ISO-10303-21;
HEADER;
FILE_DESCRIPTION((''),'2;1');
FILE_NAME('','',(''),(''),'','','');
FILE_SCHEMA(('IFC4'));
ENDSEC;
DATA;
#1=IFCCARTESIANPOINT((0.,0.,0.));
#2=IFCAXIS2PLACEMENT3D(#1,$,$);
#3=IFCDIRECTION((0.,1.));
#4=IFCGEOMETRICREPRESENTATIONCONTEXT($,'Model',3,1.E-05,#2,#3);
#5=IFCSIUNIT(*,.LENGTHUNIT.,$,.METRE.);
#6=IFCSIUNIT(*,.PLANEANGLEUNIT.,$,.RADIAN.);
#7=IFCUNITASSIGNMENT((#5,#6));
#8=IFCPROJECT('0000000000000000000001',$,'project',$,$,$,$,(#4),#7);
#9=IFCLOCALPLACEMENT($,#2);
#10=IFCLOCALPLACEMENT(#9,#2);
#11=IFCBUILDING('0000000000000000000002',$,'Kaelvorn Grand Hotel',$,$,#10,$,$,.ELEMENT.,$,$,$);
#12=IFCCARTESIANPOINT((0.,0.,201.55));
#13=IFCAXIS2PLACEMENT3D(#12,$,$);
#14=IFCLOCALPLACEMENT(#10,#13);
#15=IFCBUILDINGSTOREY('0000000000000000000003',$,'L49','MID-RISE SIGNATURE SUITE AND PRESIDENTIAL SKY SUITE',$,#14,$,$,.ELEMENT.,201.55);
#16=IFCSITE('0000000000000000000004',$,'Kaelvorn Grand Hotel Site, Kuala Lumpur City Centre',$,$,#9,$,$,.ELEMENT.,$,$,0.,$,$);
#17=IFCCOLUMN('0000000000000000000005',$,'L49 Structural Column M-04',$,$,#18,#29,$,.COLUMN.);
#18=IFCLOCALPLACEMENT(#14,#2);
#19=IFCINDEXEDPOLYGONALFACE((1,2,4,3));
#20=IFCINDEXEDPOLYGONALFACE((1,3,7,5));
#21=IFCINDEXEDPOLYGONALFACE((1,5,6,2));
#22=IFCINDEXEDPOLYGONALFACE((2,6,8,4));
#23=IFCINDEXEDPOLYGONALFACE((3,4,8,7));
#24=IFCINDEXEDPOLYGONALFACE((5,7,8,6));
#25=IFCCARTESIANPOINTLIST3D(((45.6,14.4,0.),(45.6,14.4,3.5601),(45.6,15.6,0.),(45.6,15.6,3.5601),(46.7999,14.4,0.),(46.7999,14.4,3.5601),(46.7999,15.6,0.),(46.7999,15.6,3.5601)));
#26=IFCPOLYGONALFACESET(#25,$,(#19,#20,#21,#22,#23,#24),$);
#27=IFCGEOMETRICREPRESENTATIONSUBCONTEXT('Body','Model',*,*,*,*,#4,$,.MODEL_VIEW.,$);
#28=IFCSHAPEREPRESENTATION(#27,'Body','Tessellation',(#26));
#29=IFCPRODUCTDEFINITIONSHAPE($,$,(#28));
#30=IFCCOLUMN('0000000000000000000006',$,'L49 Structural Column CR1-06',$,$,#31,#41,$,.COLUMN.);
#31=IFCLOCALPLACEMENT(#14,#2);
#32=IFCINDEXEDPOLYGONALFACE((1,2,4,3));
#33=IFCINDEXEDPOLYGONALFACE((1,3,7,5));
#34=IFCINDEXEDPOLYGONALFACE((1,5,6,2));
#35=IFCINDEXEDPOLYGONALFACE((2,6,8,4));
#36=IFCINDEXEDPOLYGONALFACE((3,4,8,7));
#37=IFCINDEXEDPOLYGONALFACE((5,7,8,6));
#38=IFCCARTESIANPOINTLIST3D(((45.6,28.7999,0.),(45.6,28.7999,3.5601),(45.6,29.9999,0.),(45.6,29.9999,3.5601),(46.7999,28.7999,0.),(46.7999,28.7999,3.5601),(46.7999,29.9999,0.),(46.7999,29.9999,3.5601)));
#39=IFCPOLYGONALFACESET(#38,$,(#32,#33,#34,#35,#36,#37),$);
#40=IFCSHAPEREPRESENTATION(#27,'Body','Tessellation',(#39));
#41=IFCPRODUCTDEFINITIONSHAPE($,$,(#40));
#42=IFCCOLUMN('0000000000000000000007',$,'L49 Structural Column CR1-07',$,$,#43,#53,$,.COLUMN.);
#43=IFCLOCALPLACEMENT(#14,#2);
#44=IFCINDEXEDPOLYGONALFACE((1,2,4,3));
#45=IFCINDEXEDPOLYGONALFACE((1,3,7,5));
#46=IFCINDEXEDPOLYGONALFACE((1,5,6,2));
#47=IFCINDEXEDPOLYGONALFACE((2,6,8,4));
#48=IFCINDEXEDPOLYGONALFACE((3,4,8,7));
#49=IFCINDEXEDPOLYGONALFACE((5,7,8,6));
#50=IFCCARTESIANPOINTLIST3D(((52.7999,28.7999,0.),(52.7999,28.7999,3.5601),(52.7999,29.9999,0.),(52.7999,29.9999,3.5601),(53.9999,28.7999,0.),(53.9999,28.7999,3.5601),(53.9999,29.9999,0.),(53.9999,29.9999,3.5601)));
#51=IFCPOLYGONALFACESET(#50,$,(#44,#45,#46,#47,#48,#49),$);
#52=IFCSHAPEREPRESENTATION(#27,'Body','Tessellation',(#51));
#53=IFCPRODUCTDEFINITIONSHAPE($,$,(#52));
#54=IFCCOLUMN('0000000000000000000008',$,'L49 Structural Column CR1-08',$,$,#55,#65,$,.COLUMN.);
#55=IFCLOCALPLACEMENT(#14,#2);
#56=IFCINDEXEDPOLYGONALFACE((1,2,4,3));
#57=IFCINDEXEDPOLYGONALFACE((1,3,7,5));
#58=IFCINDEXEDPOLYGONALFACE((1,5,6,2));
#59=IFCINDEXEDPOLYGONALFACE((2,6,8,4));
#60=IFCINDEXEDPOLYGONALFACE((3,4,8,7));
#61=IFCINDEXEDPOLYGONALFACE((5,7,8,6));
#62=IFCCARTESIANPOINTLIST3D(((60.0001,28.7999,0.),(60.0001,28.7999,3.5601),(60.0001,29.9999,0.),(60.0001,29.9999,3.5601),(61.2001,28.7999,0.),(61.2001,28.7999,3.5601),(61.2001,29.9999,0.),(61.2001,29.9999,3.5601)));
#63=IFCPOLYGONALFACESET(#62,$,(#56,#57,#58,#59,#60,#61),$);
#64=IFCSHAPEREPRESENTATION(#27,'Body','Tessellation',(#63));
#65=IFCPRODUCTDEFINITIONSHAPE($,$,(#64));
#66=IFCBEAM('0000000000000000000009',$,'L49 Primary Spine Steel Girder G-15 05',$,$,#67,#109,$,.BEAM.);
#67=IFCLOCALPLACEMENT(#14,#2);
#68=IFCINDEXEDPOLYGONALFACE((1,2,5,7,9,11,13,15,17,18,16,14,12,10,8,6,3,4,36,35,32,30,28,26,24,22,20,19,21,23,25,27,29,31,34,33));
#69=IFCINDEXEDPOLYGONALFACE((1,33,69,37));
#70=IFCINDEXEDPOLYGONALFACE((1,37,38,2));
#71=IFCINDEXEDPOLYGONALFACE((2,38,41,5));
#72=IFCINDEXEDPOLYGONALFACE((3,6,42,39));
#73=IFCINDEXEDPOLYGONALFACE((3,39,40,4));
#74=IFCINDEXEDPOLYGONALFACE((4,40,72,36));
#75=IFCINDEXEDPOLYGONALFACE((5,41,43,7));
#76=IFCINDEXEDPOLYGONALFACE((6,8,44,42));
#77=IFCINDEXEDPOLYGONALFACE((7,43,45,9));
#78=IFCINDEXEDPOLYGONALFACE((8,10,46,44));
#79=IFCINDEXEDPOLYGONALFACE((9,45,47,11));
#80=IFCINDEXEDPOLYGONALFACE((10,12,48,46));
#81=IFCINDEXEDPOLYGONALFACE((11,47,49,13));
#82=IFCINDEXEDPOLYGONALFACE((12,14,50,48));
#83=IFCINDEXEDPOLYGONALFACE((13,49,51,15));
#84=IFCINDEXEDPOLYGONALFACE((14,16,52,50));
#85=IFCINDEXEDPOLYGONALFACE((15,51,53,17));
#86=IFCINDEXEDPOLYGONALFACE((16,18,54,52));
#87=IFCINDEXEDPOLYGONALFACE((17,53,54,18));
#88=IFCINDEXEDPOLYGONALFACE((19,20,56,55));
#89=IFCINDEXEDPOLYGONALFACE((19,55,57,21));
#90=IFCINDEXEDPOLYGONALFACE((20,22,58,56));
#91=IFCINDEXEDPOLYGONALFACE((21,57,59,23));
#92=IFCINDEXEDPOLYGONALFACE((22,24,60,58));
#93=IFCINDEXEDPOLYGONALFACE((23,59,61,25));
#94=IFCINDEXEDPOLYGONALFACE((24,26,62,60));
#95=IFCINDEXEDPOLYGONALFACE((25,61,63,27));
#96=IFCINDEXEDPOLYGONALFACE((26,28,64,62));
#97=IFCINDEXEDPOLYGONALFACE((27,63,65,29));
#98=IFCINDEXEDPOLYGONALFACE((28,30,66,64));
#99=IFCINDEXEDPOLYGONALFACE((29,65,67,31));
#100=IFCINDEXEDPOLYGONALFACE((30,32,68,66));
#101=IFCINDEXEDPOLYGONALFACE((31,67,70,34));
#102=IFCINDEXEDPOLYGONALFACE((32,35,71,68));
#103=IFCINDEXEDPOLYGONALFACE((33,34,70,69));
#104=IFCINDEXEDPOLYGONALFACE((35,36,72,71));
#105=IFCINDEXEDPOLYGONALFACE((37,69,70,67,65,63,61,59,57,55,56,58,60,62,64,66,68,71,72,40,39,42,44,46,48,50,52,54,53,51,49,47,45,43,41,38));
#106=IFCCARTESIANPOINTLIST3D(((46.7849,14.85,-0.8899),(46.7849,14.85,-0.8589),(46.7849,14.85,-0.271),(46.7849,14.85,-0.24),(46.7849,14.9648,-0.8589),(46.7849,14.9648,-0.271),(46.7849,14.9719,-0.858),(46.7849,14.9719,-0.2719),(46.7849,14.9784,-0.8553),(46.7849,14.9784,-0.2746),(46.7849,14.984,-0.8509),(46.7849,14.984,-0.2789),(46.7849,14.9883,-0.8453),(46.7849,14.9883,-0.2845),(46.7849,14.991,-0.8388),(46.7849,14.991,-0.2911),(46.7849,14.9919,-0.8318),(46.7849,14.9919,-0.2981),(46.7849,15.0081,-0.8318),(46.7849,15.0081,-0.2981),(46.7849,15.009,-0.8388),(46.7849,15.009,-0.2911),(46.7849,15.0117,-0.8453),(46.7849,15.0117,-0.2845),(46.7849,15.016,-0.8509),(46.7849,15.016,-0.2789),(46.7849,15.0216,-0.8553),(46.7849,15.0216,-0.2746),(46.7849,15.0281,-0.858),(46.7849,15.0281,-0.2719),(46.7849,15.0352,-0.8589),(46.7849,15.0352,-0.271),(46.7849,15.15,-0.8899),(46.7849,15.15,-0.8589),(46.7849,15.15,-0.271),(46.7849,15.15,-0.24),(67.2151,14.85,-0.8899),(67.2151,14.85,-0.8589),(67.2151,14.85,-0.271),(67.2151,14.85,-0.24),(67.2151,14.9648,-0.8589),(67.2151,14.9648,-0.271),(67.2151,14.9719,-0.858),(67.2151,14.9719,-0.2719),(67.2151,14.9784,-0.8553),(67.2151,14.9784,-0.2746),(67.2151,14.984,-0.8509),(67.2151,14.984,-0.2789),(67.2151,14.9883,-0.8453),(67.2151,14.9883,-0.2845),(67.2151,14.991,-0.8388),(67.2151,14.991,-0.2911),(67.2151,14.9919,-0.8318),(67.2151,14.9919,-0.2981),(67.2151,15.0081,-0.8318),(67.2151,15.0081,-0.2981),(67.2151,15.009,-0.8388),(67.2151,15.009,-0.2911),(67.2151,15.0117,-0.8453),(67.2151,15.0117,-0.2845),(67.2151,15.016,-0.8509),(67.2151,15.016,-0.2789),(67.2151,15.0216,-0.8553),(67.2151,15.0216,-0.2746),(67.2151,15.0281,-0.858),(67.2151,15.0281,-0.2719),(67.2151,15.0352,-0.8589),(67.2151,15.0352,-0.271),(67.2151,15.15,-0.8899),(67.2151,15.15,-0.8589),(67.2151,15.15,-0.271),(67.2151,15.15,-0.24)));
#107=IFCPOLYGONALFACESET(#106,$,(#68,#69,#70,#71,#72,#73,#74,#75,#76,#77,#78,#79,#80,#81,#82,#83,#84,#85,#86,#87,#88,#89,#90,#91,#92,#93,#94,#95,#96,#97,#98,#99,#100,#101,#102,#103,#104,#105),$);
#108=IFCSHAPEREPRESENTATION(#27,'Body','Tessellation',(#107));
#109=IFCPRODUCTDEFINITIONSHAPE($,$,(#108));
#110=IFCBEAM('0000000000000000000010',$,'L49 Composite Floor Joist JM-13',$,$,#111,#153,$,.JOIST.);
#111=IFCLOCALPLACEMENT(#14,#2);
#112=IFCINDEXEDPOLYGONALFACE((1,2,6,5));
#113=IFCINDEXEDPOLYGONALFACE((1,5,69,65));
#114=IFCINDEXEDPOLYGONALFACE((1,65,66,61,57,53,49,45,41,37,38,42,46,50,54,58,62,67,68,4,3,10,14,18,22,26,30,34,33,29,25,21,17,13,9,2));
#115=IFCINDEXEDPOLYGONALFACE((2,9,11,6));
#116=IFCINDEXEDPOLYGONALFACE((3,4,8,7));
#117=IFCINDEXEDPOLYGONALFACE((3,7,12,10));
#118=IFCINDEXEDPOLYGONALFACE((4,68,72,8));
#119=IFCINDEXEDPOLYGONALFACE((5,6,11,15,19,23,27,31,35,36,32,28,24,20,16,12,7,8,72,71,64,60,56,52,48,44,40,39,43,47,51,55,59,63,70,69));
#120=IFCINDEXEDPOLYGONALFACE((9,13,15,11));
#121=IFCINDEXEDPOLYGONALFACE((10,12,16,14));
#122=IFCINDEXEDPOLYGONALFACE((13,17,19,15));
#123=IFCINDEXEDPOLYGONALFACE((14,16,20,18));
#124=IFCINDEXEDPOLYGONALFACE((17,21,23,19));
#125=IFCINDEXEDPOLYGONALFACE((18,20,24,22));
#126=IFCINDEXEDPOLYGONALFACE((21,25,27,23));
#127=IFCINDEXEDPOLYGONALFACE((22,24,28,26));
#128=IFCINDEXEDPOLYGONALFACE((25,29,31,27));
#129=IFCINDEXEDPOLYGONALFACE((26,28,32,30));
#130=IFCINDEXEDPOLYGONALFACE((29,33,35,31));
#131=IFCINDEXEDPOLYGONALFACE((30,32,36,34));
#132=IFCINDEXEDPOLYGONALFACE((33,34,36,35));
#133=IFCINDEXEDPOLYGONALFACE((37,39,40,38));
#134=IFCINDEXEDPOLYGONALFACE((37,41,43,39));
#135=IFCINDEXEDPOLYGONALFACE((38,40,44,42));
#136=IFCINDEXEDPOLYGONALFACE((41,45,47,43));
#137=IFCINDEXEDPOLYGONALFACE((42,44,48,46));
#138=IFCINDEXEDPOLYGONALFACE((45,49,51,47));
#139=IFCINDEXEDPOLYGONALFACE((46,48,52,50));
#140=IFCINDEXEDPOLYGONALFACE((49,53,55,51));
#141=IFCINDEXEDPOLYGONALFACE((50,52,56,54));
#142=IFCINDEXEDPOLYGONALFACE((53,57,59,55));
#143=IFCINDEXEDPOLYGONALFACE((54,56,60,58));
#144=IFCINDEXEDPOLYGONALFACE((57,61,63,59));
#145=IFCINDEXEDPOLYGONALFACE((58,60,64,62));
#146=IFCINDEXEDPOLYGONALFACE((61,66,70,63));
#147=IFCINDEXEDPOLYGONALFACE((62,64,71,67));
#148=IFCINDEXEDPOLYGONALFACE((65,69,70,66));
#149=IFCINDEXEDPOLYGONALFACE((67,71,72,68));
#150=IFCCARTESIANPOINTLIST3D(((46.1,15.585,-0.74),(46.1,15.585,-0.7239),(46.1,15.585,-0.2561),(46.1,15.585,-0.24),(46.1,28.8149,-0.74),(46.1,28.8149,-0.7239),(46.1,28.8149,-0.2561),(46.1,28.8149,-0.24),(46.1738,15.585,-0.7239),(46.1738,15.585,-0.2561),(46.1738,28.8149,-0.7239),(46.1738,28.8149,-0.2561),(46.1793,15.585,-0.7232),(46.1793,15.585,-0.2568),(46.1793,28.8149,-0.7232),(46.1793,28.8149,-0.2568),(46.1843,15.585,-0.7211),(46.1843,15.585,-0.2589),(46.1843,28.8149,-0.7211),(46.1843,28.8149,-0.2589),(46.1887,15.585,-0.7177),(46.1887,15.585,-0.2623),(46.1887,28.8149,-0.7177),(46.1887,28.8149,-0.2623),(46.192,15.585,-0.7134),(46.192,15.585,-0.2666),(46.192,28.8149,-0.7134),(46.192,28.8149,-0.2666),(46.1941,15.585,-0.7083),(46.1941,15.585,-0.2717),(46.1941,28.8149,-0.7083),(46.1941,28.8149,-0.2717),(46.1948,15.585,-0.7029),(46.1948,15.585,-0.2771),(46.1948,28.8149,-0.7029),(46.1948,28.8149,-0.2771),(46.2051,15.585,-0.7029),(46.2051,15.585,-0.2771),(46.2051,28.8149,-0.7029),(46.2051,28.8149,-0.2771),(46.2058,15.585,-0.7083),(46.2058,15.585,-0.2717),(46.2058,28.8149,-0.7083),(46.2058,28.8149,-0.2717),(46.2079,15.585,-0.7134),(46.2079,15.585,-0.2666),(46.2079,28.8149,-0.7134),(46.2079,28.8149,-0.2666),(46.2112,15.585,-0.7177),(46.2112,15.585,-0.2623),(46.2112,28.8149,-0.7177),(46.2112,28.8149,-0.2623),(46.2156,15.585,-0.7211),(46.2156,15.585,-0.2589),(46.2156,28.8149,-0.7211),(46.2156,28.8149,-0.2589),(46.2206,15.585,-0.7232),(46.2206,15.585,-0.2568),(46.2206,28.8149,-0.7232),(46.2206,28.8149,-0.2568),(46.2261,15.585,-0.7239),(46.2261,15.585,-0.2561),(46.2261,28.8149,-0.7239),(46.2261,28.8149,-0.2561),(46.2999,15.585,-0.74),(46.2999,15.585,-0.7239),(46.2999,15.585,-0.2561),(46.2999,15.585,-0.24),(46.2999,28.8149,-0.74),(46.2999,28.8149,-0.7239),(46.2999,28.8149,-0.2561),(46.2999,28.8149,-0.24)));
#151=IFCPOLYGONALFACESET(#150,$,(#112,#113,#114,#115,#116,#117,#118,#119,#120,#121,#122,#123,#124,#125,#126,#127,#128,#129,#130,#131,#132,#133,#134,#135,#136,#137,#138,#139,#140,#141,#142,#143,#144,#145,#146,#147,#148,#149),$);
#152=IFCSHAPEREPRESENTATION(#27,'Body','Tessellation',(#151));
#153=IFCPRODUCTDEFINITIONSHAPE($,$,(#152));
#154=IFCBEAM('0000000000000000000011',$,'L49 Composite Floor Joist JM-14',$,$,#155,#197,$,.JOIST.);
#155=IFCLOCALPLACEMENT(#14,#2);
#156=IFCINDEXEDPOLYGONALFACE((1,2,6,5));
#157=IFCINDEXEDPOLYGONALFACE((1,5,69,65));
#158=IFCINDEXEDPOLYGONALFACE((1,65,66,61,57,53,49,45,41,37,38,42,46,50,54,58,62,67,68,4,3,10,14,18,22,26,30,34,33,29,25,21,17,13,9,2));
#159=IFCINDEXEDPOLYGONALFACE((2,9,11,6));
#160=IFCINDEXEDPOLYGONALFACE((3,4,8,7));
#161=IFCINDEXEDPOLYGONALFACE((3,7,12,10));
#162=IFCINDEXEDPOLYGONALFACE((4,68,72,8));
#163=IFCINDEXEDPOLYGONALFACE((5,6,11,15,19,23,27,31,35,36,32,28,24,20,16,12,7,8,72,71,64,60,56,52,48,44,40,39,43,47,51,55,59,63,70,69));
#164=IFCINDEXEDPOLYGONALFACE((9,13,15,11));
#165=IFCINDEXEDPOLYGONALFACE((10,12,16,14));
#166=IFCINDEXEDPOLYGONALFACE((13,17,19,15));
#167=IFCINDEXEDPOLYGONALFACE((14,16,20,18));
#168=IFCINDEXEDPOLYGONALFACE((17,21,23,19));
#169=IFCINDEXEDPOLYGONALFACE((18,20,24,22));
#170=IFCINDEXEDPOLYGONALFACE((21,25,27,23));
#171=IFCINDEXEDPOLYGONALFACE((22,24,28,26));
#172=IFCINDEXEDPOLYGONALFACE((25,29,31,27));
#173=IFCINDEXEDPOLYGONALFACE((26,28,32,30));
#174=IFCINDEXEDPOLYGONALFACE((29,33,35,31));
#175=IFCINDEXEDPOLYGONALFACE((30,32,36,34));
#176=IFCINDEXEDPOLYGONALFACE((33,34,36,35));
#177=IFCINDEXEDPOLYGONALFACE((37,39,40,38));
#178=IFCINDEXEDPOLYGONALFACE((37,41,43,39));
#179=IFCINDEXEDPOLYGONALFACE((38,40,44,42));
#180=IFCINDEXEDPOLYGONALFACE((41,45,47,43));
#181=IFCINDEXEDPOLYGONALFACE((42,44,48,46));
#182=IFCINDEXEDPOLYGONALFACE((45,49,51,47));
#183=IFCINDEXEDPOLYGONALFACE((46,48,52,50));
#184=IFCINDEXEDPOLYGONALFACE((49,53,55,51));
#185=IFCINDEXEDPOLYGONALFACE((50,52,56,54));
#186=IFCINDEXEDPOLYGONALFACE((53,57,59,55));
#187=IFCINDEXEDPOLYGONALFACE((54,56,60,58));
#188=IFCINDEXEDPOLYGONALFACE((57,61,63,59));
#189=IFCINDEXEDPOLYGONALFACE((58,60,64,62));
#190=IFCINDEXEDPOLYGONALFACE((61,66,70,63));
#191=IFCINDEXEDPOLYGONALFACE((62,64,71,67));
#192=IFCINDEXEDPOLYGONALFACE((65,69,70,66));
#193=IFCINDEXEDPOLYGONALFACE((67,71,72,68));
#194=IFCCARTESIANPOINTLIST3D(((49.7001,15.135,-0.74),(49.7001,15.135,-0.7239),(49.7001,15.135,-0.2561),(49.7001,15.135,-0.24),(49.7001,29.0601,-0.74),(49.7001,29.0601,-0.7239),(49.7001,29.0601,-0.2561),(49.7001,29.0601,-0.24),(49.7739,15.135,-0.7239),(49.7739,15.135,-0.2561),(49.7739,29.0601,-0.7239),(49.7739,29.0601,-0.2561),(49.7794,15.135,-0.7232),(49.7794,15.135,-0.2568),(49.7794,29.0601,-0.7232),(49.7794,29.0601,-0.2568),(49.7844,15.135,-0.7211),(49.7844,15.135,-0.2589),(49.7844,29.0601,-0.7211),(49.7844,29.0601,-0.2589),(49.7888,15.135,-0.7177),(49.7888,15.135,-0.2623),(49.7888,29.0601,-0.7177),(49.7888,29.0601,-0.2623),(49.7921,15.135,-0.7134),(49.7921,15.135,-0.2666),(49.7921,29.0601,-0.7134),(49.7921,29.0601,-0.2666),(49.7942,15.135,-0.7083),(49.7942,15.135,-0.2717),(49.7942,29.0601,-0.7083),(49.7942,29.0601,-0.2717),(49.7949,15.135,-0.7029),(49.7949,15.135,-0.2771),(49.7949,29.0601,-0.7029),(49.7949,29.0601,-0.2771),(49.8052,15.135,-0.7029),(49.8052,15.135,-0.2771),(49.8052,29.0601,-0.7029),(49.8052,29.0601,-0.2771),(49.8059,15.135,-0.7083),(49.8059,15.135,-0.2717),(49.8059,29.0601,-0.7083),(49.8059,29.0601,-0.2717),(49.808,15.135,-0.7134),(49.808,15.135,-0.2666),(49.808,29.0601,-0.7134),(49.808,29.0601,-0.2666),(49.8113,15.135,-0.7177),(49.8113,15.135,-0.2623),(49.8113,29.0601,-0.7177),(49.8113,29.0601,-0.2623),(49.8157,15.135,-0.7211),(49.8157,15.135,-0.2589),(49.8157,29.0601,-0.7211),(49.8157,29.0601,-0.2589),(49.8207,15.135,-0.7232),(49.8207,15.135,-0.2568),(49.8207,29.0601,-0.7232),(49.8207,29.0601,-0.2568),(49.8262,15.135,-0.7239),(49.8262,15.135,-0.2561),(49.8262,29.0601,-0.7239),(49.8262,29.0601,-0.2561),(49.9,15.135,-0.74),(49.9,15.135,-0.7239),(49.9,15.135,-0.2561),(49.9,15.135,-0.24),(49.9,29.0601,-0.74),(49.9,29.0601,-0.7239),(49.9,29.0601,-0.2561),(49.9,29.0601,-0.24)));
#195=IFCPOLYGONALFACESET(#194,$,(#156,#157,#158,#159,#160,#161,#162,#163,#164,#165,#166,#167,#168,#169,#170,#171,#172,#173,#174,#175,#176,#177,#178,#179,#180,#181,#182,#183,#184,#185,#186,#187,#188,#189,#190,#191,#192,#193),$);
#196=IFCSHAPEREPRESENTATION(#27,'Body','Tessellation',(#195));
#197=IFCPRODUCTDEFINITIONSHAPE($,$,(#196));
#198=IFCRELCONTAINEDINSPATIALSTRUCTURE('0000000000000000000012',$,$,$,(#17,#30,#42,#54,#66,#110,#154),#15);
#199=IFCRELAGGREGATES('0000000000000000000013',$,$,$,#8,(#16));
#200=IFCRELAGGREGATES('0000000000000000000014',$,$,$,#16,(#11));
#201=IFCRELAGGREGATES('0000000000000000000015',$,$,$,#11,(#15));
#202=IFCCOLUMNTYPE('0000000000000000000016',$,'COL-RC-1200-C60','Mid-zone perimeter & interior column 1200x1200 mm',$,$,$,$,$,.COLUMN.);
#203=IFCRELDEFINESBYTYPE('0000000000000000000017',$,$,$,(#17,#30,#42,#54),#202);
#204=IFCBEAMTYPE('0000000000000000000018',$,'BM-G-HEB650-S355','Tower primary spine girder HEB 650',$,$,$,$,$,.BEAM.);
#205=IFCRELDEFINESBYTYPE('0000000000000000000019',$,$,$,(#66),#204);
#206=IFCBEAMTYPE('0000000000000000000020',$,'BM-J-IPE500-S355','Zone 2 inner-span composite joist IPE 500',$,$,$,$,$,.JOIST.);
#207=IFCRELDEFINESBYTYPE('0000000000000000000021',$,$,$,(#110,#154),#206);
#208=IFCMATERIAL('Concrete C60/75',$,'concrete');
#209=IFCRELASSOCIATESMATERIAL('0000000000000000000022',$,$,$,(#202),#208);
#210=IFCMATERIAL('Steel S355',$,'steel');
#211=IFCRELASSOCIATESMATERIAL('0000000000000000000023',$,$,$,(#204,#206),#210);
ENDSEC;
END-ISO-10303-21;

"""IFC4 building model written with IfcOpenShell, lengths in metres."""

from ifc_helpers import new_model, si_unit, direction, frame, origin, origin_2d, place, context, subcontext, project, spatial, rectangle, i_section, extrude, material, material_profile, profile_set, type_object, element, save


model = new_model("IFC4")

# Units and contexts
model_context = context("Model", 3, precision=1e-05, world=origin(), true_north=direction((0.0, 1.0)))
body_context = subcontext(model_context, "Body", "Model", "MODEL_VIEW")
ifc_project = project(units=[si_unit("LENGTHUNIT", "METRE"), si_unit("PLANEANGLEUNIT", "RADIAN")], contexts=[model_context])

# Site, building, storey
site_placement = place(None, origin())
site = spatial("IfcSite", under=ifc_project, at=site_placement, Name="Kaelvorn Grand Hotel Site, Kuala Lumpur City Centre", CompositionType="ELEMENT", RefElevation=0.0)
building_placement = place(site_placement, origin())
building = spatial("IfcBuilding", under=site, at=building_placement, Name="Kaelvorn Grand Hotel", CompositionType="ELEMENT")
storey_placement = place(building_placement, frame((0.0, 0.0, 201.55)))
storey = spatial("IfcBuildingStorey", under=building, at=storey_placement, Name="L49", Description="MID-RISE SIGNATURE SUITE AND PRESIDENTIAL SKY SUITE", CompositionType="ELEMENT", Elevation=201.55)

# Columns
ifc_material_1 = material(Name="Concrete C60/75", Category="concrete")
ifc_material_profile_1 = material_profile(ifc_material_1, rectangle(XDim=1.2, YDim=1.2, at=origin_2d()), Name="RC COL 1200x1200")
ifc_profile_set_1 = profile_set([ifc_material_profile_1], Name="Concrete C60/75")
column_type = type_object("IfcColumnType", Name="COL-RC-1200-C60", Description="Mid-zone perimeter & interior column 1200x1200 mm", PredefinedType="COLUMN", material=ifc_profile_set_1)
for number, where, z_axis, x_axis, name in (
    (1, (46.2, 15.0, 0.0), (0.0, 0.0, 1.0), (1.0, 0.0, 0.0), "L49 Structural Column M-04"),
    (2, (46.2, 29.3999, 0.0), (0.0, 0.0, 1.0), (1.0, 0.0, 0.0), "L49 Structural Column CR1-06"),
    (3, (53.3999, 29.3999, 0.0), (0.0, 0.0, 1.0), (1.0, 0.0, 0.0), "L49 Structural Column CR1-07"),
    (4, (60.6001, 29.3999, 0.0), (0.0, 0.0, 1.0), (1.0, 0.0, 0.0), "L49 Structural Column CR1-08"),
):
    element("IfcColumn", number, at=place(storey_placement, frame(where, z_axis=z_axis, x_axis=x_axis)), inside=storey, type_object=column_type, Name=name, PredefinedType="COLUMN", context=body_context, shape_type="SweptSolid", body=[
        extrude(rectangle(XDim=1.2, YDim=1.2, at=origin_2d()), origin(), (0.0, 0.0, 1.0), 3.5601),
    ])

# Beams
ifc_material_2 = material(Name="Steel S355", Category="steel")
ifc_material_profile_2 = material_profile(ifc_material_2, i_section(OverallWidth=0.3, OverallDepth=0.6499, WebThickness=0.0161, FlangeThickness=0.031, FilletRadius=0.0271, at=origin_2d()), Name="HEB 650")
ifc_profile_set_2 = profile_set([ifc_material_profile_2], Name="Steel S355")
beam_type_1 = type_object("IfcBeamType", Name="BM-G-HEB650-S355", Description="Tower primary spine girder HEB 650", PredefinedType="BEAM", material=ifc_profile_set_2)
beam_1_placement = place(storey_placement, frame((46.7849, 15.0, -0.5649), z_axis=(1.0, 0.0, 0.0), x_axis=(0.0, 1.0, 0.0)))
element("IfcBeam", 5, at=beam_1_placement, inside=storey, type_object=beam_type_1, Name="L49 Primary Spine Steel Girder G-15 05", PredefinedType="BEAM", context=body_context, shape_type="SweptSolid", body=[
    extrude(i_section(OverallWidth=0.3, OverallDepth=0.6499, WebThickness=0.0161, FlangeThickness=0.031, FilletRadius=0.0271, at=origin_2d()), origin(), (0.0, 0.0, 1.0), 20.4302),
])
ifc_material_profile_3 = material_profile(ifc_material_2, i_section(OverallWidth=0.2, OverallDepth=0.5, WebThickness=0.0103, FlangeThickness=0.0161, FilletRadius=0.021, at=origin_2d()), Name="IPE 500")
ifc_profile_set_3 = profile_set([ifc_material_profile_3], Name="Steel S355")
beam_type_2 = type_object("IfcBeamType", Name="BM-J-IPE500-S355", Description="Zone 2 inner-span composite joist IPE 500", PredefinedType="JOIST", material=ifc_profile_set_3)
beam_2_placement = place(storey_placement, frame((46.2, 15.585, -0.49), z_axis=(0.0, 1.0, 0.0), x_axis=(-1.0, 0.0, 0.0)))
element("IfcBeam", 6, at=beam_2_placement, inside=storey, type_object=beam_type_2, Name="L49 Composite Floor Joist JM-13", PredefinedType="JOIST", context=body_context, shape_type="SweptSolid", body=[
    extrude(i_section(OverallWidth=0.2, OverallDepth=0.5, WebThickness=0.0103, FlangeThickness=0.0161, FilletRadius=0.021, at=origin_2d()), origin(), (0.0, 0.0, 1.0), 13.23),
])
beam_3_placement = place(storey_placement, frame((49.8, 15.135, -0.49), z_axis=(0.0, 1.0, 0.0), x_axis=(-1.0, 0.0, 0.0)))
element("IfcBeam", 7, at=beam_3_placement, inside=storey, type_object=beam_type_2, Name="L49 Composite Floor Joist JM-14", PredefinedType="JOIST", context=body_context, shape_type="SweptSolid", body=[
    extrude(i_section(OverallWidth=0.2, OverallDepth=0.5, WebThickness=0.0103, FlangeThickness=0.0161, FilletRadius=0.021, at=origin_2d()), origin(), (0.0, 0.0, 1.0), 13.925),
])

save(model, "model.ifc")
